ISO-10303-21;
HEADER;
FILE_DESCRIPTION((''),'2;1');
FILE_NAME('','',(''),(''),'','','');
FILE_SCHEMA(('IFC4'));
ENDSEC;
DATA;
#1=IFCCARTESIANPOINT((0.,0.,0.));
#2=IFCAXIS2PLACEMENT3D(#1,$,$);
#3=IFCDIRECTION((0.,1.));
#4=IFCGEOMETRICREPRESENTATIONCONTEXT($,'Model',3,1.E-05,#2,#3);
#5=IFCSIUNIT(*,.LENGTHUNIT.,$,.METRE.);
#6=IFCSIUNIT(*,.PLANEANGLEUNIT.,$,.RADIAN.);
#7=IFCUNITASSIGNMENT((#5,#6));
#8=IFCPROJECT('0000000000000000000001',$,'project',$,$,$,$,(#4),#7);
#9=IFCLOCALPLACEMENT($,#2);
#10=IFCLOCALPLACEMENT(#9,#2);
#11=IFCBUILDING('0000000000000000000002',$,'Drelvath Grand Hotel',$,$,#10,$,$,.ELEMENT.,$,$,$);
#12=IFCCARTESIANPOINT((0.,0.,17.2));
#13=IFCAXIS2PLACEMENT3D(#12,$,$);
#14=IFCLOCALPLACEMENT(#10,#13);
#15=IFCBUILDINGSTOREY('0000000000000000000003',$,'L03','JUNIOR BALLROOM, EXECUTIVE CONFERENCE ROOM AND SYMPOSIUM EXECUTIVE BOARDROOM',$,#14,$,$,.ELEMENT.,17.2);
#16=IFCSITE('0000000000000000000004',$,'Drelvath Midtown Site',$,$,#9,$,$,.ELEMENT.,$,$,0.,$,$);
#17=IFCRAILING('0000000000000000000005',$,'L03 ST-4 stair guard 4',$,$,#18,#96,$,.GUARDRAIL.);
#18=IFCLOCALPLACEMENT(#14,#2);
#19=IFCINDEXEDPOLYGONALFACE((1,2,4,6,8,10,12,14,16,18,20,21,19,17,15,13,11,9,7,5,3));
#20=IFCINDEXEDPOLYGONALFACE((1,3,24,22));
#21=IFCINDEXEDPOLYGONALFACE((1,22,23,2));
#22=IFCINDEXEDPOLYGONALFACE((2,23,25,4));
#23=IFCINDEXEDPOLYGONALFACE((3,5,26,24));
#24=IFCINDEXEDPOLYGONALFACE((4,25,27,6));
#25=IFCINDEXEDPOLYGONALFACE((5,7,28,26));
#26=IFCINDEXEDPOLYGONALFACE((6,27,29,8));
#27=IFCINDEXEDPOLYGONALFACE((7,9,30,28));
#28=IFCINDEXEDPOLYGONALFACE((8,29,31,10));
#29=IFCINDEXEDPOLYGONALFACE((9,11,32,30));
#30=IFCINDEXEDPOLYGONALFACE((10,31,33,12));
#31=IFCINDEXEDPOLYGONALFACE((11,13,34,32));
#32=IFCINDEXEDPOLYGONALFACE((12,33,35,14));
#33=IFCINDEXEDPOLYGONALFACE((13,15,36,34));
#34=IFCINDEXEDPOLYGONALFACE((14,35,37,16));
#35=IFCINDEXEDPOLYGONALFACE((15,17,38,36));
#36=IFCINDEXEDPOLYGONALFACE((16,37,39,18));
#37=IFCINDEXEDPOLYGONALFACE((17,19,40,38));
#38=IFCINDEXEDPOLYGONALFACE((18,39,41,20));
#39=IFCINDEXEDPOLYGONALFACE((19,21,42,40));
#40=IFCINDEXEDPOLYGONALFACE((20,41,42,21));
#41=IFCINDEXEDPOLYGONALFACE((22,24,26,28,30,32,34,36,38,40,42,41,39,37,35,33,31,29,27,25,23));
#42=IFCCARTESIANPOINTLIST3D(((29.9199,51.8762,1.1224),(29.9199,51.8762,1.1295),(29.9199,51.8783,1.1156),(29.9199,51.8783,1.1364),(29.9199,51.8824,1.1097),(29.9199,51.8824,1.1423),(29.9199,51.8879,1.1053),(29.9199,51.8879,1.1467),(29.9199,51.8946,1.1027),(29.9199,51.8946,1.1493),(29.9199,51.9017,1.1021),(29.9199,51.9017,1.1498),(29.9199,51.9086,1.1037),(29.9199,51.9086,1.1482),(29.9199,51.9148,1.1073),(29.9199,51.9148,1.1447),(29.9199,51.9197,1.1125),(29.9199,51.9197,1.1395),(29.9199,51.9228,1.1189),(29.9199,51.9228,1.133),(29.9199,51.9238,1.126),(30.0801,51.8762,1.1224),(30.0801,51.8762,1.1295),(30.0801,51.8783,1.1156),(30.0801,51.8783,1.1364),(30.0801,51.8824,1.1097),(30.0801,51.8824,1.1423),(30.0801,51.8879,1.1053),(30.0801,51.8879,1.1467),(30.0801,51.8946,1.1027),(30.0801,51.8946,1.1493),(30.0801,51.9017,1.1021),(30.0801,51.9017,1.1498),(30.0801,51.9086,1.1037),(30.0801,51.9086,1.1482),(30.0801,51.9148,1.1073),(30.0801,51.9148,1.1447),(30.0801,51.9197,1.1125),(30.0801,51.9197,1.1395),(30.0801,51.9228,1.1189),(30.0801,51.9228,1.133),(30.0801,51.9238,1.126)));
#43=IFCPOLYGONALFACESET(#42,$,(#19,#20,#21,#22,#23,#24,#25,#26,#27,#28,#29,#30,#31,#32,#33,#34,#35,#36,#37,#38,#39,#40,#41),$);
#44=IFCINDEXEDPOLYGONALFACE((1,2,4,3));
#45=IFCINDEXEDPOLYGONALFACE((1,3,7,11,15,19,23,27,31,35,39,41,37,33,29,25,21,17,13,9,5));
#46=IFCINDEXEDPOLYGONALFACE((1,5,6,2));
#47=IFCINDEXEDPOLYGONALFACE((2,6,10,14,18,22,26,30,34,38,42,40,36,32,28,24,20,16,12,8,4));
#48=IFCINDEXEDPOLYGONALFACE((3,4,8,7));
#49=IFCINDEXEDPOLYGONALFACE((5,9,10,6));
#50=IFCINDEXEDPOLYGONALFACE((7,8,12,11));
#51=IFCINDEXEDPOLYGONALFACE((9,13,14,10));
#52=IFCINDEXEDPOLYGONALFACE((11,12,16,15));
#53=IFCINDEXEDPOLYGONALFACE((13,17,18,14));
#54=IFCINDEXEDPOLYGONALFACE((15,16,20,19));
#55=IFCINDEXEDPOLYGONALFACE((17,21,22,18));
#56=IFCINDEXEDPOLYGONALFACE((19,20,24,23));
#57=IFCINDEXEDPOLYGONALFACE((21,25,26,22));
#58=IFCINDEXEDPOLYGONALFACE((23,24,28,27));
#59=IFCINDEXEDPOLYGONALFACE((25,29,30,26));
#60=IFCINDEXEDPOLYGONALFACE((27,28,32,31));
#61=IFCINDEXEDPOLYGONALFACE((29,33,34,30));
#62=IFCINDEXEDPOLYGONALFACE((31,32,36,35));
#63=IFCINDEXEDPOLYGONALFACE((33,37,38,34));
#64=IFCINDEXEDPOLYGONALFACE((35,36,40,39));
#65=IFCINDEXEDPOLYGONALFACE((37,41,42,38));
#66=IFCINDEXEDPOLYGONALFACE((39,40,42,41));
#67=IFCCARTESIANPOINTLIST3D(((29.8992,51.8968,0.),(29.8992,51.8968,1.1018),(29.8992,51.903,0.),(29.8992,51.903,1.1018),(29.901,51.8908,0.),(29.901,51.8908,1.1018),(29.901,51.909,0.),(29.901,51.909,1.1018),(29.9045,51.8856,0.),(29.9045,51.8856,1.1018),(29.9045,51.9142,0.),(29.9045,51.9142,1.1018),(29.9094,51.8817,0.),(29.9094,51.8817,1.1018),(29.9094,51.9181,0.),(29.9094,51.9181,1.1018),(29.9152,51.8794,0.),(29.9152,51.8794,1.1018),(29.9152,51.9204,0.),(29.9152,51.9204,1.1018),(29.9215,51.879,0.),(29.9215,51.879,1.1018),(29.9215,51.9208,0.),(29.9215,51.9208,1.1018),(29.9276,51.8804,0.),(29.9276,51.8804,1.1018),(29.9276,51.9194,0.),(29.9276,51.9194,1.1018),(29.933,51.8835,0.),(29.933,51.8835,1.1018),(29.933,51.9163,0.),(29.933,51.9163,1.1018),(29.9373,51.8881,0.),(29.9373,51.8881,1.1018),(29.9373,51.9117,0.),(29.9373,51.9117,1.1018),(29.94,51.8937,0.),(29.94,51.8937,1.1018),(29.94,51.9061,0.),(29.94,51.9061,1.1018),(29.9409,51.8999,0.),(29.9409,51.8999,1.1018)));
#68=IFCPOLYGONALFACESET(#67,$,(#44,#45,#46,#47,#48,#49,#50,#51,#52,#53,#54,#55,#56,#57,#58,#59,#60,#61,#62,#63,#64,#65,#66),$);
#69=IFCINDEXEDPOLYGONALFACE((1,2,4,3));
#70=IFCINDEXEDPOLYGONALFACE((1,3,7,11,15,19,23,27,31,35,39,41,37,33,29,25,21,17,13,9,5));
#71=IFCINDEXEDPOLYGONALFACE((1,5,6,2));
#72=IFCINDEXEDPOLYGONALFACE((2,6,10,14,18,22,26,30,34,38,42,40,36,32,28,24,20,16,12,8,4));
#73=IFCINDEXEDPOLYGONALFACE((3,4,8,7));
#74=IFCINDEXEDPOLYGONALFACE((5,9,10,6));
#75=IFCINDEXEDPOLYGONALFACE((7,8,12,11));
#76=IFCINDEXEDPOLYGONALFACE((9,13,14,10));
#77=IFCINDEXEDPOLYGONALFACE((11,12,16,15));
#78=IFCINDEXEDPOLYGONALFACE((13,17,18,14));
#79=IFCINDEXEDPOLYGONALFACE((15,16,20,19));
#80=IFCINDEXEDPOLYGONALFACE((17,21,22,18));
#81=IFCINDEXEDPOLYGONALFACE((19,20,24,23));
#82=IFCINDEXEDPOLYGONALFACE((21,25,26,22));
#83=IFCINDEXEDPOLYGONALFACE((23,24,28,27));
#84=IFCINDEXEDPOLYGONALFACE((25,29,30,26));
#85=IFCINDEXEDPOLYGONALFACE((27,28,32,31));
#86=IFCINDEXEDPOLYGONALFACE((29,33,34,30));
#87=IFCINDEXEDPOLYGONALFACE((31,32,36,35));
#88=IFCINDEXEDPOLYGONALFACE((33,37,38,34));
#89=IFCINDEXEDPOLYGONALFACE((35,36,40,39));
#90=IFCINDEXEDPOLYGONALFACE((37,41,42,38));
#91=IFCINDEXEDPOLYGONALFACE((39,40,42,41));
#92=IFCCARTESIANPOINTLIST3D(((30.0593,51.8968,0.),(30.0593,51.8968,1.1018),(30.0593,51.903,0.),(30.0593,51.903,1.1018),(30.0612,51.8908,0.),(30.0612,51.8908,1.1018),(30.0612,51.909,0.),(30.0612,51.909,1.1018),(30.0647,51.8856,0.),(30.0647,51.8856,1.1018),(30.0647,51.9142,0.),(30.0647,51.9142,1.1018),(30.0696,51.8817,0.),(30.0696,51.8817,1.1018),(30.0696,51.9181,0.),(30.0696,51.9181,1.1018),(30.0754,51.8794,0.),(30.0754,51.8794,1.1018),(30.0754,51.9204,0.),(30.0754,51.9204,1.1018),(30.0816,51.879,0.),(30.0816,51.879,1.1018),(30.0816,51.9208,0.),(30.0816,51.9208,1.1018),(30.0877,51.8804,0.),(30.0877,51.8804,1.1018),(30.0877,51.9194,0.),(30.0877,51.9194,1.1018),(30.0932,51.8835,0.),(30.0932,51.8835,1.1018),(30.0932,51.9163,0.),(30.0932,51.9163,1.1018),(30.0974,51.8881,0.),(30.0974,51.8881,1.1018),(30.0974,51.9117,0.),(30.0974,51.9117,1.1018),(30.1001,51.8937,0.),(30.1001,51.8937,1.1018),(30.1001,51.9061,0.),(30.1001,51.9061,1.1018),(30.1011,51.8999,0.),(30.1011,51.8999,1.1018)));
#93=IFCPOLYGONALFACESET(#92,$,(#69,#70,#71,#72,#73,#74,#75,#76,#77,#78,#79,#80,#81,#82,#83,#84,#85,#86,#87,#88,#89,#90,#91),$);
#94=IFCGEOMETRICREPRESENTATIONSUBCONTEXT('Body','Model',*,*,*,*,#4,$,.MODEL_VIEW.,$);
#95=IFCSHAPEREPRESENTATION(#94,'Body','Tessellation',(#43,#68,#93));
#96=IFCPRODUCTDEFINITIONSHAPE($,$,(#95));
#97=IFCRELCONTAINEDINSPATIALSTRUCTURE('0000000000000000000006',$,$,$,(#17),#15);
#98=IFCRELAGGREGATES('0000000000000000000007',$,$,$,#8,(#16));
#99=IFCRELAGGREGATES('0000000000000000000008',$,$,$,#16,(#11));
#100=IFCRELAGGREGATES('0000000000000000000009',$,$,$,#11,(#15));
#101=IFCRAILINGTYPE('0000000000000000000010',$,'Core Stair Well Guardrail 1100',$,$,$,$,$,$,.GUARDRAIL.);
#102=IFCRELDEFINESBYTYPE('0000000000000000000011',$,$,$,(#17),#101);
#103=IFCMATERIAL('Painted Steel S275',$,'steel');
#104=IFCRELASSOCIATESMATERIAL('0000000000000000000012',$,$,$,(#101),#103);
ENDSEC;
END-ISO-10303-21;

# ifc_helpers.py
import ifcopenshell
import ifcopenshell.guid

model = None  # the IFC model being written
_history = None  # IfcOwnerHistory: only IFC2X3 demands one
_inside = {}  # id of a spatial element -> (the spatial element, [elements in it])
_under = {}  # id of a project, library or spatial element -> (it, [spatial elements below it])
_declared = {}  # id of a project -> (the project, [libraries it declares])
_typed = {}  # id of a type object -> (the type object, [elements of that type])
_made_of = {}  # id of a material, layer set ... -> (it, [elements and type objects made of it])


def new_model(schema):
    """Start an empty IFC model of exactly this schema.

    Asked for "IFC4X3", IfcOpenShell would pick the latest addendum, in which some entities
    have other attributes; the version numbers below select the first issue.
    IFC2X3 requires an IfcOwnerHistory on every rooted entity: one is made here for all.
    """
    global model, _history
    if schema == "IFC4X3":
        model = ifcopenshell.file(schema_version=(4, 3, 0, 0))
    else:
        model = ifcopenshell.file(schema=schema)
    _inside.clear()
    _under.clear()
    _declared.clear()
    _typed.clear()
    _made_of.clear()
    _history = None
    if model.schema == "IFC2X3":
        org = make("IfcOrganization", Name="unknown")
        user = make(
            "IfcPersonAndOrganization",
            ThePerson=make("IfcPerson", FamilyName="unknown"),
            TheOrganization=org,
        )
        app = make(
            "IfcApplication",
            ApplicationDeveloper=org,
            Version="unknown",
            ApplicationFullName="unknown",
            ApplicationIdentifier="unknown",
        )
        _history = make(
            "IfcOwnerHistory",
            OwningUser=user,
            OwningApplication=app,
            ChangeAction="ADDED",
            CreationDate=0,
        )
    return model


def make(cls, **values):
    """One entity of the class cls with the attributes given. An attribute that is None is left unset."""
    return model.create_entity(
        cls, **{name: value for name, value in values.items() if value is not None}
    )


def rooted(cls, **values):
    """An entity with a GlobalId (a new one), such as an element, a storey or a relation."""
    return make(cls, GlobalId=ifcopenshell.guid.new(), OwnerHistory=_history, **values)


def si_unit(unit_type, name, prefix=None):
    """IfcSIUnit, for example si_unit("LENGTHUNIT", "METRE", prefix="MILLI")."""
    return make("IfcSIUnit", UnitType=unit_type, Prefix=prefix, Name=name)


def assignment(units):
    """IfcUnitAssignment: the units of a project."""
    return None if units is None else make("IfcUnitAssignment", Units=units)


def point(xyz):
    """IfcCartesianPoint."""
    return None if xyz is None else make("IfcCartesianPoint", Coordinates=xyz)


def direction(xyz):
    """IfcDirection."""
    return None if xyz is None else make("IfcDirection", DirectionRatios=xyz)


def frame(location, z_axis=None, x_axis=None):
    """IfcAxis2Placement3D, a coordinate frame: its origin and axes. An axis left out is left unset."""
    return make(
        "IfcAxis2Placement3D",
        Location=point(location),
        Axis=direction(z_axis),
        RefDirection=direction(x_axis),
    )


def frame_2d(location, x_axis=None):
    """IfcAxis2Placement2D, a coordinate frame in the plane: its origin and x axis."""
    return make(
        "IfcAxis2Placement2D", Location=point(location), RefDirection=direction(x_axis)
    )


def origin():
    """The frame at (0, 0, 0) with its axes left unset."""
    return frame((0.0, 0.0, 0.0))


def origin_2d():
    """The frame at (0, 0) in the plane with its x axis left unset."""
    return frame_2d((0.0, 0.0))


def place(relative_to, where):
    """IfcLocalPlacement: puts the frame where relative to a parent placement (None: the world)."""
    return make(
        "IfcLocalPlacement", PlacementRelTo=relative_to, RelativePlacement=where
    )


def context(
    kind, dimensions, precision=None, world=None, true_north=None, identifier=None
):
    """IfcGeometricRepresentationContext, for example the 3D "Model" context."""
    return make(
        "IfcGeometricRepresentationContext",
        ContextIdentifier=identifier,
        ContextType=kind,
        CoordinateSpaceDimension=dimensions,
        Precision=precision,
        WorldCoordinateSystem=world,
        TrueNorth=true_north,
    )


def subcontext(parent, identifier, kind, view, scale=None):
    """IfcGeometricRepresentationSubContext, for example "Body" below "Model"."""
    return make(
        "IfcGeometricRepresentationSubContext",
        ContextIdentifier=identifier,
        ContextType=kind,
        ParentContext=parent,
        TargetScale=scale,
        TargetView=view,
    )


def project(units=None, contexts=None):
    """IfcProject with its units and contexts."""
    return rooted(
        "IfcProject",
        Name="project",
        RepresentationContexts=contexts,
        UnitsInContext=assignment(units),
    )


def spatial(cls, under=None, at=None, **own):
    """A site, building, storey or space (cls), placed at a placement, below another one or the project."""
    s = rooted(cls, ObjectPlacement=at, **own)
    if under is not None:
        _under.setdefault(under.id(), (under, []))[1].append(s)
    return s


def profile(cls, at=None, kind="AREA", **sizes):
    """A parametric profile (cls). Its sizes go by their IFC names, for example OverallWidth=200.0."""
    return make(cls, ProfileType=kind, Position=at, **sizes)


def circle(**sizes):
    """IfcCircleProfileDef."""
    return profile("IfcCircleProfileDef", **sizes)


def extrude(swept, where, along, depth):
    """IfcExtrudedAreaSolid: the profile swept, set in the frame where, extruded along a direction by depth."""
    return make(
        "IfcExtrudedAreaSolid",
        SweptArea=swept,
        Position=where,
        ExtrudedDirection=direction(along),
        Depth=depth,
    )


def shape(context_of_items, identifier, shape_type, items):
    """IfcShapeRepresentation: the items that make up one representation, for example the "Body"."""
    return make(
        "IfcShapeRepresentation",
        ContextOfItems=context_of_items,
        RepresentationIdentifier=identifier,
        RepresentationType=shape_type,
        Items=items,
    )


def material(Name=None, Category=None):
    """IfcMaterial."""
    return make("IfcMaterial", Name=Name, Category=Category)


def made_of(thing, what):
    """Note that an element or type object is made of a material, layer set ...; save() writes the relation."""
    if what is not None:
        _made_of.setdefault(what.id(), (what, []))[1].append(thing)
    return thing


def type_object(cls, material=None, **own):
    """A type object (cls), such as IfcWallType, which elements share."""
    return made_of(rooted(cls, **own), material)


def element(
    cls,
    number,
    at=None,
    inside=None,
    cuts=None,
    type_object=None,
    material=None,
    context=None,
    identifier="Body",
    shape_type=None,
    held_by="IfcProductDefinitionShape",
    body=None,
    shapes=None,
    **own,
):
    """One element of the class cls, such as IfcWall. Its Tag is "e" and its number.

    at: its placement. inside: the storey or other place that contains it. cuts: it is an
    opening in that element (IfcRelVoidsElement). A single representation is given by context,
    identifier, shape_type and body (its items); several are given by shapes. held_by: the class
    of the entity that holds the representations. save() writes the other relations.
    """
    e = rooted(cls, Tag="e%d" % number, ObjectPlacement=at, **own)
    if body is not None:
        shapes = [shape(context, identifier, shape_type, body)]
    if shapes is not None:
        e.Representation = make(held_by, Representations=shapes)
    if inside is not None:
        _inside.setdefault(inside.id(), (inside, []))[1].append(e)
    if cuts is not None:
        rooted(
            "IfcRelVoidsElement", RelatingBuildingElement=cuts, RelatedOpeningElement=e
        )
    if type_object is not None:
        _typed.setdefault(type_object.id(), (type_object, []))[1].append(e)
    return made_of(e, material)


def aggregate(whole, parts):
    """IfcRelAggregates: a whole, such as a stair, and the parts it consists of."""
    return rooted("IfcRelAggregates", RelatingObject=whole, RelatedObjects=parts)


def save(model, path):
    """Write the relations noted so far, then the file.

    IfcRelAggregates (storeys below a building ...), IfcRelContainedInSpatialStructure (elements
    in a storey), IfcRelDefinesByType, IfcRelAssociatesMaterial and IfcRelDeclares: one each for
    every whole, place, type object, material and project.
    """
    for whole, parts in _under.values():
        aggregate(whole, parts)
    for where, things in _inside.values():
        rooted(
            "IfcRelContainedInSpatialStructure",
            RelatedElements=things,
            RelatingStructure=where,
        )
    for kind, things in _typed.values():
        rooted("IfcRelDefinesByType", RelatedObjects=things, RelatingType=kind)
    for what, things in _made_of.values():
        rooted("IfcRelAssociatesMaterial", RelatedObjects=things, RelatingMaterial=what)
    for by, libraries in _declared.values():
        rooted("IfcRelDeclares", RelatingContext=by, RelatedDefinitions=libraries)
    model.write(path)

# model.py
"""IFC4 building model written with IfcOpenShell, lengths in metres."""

from ifc_helpers import new_model, si_unit, direction, frame, origin, origin_2d, place, context, subcontext, project, spatial, circle, extrude, material, type_object, element, save


model = new_model("IFC4")

# Units and contexts
model_context = context("Model", 3, precision=1e-05, world=origin(), true_north=direction((0.0, 1.0)))
body_context = subcontext(model_context, "Body", "Model", "MODEL_VIEW")
ifc_project = project(units=[si_unit("LENGTHUNIT", "METRE"), si_unit("PLANEANGLEUNIT", "RADIAN")], contexts=[model_context])

# Site, building, storey
site_placement = place(None, origin())
site = spatial("IfcSite", under=ifc_project, at=site_placement, Name="Drelvath Midtown Site", CompositionType="ELEMENT", RefElevation=0.0)
building_placement = place(site_placement, origin())
building = spatial("IfcBuilding", under=site, at=building_placement, Name="Drelvath Grand Hotel", CompositionType="ELEMENT")
storey_placement = place(building_placement, frame((0.0, 0.0, 17.2)))
storey = spatial("IfcBuildingStorey", under=building, at=storey_placement, Name="L03", Description="JUNIOR BALLROOM, EXECUTIVE CONFERENCE ROOM AND SYMPOSIUM EXECUTIVE BOARDROOM", CompositionType="ELEMENT", Elevation=17.2)

# Railing
ifc_material_1 = material(Name="Painted Steel S275", Category="steel")
railing_type_1 = type_object("IfcRailingType", Name="Core Stair Well Guardrail 1100", PredefinedType="GUARDRAIL", material=ifc_material_1)
railing_1_placement = place(storey_placement, frame((29.9199, 51.8999, 0.0)))
element("IfcRailing", 1, at=railing_1_placement, inside=storey, type_object=railing_type_1, Name="L03 ST-4 stair guard 4", PredefinedType="GUARDRAIL", context=body_context, shape_type="SweptSolid", body=[
    extrude(circle(Radius=0.0239, at=origin_2d()), frame((0.0, 0.0, 1.126), z_axis=(1.0, 0.0, 0.0), x_axis=(0.0, 1.0, 0.0)), (0.0, 0.0, 1.0), 0.1602),
    extrude(circle(Radius=0.021, at=origin_2d()), origin(), (0.0, 0.0, 1.0), 1.1018),
    extrude(circle(Radius=0.021, at=origin_2d()), frame((0.1602, 0.0, 0.0)), (0.0, 0.0, 1.0), 1.1018),
])

save(model, "model.ifc")
